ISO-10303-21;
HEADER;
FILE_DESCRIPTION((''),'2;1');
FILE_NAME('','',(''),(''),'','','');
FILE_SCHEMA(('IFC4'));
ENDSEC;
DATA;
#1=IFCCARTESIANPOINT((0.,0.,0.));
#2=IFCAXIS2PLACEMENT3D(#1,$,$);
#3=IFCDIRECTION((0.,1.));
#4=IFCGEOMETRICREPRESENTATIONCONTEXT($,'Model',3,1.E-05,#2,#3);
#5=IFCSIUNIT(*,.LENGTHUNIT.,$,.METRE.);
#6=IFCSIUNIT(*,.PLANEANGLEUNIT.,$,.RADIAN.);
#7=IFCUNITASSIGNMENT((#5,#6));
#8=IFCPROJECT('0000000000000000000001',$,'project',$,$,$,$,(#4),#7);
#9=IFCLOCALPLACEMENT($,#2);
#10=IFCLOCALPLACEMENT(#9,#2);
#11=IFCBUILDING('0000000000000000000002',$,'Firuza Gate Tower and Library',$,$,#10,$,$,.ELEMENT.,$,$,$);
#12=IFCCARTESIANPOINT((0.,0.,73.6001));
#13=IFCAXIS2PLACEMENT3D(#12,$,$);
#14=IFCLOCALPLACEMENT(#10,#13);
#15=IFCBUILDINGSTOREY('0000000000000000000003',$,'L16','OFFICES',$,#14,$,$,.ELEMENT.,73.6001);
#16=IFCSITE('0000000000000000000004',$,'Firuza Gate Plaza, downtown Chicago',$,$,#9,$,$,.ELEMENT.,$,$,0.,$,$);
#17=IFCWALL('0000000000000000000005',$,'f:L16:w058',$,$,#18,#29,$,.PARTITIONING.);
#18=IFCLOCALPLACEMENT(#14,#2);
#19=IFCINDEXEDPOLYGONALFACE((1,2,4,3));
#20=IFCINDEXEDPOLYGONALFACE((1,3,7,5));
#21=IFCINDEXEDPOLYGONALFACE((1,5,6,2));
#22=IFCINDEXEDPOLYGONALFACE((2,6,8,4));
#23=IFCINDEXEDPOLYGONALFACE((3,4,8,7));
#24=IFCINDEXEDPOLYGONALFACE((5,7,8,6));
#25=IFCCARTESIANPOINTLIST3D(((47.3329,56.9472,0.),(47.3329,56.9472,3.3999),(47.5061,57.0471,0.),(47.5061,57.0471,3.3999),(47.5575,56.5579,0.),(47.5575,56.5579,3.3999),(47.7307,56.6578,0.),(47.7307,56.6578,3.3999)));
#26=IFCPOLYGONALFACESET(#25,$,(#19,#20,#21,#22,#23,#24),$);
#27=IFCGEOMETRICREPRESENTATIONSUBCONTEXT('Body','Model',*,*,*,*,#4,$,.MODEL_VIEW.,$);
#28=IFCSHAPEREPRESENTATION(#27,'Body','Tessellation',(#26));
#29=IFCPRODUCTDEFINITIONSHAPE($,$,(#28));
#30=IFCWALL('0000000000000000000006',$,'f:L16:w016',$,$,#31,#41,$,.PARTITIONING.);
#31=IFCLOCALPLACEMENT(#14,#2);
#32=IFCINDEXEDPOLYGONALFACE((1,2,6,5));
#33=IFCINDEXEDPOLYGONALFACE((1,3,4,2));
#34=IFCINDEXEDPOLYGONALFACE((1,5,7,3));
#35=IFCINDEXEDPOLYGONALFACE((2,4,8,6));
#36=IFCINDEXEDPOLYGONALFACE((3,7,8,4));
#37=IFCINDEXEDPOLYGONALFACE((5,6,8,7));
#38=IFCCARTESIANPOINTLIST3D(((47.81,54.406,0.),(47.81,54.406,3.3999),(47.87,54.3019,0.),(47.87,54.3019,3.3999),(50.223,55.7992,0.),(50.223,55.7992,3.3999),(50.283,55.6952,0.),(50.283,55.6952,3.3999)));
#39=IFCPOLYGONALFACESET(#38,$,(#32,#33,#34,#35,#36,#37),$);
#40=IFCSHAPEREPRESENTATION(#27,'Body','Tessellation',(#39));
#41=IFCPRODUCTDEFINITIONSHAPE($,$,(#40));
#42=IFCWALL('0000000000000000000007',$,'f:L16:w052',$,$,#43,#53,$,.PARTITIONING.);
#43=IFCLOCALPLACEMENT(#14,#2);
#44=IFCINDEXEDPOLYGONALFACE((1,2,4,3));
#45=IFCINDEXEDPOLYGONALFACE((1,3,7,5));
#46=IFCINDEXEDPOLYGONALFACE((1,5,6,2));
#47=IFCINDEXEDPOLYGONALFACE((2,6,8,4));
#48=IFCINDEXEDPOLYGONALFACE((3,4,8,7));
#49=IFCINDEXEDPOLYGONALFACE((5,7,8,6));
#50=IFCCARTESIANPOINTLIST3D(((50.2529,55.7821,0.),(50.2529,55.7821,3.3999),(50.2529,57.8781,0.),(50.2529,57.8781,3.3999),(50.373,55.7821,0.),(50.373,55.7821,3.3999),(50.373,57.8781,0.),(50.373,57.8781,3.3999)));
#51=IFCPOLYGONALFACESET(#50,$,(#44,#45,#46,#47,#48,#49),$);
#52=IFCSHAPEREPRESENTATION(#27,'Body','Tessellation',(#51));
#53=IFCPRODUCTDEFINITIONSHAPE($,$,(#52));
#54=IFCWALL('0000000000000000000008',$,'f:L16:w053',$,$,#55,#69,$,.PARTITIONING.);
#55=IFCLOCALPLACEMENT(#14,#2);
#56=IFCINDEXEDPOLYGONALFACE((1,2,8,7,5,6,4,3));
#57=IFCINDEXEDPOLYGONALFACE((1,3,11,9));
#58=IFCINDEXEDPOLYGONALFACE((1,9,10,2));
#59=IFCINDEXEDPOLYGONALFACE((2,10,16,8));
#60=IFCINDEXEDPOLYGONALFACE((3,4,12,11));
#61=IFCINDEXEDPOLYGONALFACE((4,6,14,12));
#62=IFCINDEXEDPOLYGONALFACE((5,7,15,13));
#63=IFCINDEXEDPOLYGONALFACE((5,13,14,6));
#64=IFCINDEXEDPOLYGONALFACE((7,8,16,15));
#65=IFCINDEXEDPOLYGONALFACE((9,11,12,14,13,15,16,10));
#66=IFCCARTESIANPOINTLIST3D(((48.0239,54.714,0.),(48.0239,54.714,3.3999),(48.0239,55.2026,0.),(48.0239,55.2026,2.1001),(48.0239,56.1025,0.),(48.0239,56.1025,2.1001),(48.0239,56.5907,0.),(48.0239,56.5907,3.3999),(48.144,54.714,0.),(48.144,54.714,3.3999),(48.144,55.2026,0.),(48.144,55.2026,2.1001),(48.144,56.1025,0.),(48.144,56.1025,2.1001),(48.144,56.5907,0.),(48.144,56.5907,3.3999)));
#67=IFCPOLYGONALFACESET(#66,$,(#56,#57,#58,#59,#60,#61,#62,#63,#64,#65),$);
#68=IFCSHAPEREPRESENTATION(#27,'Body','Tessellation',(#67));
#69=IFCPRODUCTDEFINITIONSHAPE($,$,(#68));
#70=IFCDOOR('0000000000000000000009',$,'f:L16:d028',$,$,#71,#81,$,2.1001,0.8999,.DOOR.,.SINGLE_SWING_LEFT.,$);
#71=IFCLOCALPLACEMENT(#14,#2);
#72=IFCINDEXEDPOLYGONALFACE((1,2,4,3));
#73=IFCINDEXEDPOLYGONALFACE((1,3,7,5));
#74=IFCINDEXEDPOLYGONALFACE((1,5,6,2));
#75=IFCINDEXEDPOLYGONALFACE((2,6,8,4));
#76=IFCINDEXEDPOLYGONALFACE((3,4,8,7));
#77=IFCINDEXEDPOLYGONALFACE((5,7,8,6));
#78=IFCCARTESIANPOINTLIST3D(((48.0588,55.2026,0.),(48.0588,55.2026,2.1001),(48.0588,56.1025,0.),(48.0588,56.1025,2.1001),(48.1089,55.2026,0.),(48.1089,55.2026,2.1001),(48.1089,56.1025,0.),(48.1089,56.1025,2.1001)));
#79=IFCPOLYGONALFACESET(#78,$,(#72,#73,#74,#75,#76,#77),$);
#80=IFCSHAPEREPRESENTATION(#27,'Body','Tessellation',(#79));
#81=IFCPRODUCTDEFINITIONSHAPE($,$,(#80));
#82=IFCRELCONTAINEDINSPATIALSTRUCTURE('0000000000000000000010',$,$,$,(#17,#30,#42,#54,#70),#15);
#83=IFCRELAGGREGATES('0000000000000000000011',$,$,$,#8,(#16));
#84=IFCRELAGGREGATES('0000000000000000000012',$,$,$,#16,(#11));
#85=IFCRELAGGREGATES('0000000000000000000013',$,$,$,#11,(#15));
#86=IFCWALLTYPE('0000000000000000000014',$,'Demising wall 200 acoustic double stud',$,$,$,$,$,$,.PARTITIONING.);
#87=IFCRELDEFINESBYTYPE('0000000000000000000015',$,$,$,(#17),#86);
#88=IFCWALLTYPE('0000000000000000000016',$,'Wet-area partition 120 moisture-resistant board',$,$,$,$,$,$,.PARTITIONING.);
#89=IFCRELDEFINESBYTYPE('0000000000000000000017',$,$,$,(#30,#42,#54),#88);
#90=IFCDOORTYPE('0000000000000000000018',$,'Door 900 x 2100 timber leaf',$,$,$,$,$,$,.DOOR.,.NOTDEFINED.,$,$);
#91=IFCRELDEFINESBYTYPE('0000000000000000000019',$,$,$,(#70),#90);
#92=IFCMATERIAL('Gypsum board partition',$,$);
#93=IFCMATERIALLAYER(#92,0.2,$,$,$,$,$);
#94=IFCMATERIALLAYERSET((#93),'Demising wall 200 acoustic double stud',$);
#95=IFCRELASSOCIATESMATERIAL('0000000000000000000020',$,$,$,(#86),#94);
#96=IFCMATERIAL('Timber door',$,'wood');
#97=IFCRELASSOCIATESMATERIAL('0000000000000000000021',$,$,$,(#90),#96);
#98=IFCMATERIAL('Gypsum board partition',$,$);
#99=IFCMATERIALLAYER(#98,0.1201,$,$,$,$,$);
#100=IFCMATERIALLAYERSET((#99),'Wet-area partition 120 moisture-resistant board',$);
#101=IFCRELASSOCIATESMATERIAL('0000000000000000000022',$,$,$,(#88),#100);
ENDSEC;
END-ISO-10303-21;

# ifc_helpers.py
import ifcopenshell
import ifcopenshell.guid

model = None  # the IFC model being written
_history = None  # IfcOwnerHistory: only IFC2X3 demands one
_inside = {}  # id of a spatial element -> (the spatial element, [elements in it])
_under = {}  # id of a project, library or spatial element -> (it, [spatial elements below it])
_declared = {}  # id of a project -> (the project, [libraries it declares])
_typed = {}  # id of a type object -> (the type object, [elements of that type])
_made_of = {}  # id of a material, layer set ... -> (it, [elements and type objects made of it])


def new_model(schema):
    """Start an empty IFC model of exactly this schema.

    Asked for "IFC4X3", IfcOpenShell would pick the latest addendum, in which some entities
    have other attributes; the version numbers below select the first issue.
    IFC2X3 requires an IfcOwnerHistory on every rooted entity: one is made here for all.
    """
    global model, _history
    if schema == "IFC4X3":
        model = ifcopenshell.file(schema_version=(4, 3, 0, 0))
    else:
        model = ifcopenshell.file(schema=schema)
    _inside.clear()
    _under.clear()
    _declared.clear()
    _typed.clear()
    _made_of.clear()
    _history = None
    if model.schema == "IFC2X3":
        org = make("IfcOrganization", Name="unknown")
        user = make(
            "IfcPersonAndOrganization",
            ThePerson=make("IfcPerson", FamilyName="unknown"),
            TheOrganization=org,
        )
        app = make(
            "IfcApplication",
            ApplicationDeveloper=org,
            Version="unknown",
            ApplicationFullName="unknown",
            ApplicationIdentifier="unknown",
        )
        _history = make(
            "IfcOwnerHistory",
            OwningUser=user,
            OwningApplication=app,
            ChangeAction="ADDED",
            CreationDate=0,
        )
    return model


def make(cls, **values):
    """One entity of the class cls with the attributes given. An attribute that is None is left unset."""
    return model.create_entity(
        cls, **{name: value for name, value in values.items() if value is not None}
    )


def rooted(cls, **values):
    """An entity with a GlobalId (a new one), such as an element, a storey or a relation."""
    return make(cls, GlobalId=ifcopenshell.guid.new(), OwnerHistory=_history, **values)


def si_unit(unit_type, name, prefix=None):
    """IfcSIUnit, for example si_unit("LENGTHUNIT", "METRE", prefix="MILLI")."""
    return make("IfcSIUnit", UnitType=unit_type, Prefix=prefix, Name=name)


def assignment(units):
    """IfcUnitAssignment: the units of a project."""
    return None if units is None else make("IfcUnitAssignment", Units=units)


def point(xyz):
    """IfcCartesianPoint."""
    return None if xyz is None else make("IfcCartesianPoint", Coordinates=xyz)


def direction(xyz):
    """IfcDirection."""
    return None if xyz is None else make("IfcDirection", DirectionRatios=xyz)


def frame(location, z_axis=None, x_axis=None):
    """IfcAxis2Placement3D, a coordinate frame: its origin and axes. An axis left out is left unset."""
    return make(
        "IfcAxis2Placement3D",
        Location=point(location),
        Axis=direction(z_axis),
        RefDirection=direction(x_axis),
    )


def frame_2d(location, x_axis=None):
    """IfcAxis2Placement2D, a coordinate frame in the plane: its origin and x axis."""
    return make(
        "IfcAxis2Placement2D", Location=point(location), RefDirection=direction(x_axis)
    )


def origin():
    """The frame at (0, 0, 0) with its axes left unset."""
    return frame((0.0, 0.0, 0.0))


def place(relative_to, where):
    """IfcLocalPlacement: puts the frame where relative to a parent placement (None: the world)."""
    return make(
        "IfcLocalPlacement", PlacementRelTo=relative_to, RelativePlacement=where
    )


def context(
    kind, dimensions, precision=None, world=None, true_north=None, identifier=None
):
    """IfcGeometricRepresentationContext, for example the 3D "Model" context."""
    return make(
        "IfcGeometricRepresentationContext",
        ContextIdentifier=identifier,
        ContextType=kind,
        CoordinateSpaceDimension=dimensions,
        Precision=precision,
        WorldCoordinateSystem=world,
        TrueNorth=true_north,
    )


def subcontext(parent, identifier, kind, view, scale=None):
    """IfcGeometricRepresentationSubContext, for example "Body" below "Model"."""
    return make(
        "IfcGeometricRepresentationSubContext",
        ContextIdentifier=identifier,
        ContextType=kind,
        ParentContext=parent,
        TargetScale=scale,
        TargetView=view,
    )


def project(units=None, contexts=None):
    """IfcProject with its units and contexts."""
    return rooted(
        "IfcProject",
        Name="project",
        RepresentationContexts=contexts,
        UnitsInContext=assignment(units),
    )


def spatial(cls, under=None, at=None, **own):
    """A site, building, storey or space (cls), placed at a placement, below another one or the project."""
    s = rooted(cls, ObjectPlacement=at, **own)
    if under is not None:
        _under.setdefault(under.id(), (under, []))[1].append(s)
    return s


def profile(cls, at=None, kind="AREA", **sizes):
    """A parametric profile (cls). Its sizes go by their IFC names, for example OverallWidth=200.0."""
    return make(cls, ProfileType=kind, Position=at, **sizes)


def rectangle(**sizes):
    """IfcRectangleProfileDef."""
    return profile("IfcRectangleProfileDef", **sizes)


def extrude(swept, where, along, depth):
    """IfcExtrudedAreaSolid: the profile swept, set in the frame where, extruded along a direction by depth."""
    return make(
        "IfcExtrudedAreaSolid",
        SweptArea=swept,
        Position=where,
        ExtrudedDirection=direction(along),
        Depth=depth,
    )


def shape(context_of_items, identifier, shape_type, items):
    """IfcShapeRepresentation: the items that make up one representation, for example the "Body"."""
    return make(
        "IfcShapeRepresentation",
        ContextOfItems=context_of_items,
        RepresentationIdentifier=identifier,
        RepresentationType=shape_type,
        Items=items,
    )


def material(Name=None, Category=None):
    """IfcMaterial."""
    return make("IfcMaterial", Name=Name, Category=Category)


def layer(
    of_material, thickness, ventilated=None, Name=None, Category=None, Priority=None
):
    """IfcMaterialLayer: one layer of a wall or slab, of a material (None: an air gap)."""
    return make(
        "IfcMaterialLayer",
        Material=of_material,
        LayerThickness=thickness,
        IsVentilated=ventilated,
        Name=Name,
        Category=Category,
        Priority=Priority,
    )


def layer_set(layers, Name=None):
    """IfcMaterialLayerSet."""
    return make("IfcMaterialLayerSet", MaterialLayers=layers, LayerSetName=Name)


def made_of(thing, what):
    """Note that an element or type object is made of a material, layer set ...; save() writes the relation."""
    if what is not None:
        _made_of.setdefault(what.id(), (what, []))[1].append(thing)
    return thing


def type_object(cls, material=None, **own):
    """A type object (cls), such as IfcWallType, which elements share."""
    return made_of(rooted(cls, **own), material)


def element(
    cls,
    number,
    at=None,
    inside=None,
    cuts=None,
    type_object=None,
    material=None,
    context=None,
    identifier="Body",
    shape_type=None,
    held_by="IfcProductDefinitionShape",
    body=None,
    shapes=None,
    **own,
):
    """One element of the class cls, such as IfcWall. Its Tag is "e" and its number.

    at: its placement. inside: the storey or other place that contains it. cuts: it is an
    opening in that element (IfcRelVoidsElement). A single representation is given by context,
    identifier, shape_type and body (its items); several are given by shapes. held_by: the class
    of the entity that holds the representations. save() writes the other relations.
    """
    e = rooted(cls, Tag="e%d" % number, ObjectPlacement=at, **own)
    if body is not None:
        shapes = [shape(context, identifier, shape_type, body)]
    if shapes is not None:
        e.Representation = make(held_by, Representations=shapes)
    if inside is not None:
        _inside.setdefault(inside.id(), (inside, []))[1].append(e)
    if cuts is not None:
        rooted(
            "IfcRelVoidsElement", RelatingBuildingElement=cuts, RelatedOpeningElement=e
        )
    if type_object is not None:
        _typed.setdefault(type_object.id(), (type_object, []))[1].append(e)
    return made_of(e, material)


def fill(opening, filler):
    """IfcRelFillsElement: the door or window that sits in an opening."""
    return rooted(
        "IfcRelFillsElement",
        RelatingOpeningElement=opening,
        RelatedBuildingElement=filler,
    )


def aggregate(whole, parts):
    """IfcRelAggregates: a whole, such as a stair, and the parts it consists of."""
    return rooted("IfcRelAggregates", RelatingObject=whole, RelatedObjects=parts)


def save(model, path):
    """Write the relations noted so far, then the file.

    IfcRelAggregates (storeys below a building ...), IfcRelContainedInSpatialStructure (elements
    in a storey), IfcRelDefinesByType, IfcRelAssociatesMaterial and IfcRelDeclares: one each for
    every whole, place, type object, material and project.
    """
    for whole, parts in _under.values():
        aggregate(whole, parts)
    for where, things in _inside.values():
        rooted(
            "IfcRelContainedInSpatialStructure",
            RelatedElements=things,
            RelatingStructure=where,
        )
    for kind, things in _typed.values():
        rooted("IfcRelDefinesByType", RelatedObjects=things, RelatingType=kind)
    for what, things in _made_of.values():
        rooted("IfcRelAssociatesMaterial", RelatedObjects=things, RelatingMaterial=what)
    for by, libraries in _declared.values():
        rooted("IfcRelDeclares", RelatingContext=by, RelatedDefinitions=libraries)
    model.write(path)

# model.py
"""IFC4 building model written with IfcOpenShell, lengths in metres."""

from ifc_helpers import new_model, si_unit, direction, frame, frame_2d, origin, place, context, subcontext, project, spatial, rectangle, extrude, material, layer, layer_set, type_object, element, fill, save


model = new_model("IFC4")

# Units and contexts
model_context = context("Model", 3, precision=1e-05, world=origin(), true_north=direction((0.0, 1.0)))
body_context = subcontext(model_context, "Body", "Model", "MODEL_VIEW")
ifc_project = project(units=[si_unit("LENGTHUNIT", "METRE"), si_unit("PLANEANGLEUNIT", "RADIAN")], contexts=[model_context])

# Site, building, storey
site_placement = place(None, origin())
site = spatial("IfcSite", under=ifc_project, at=site_placement, Name="Firuza Gate Plaza, downtown Chicago", CompositionType="ELEMENT", RefElevation=0.0)
building_placement = place(site_placement, origin())
building = spatial("IfcBuilding", under=site, at=building_placement, Name="Firuza Gate Tower and Library", CompositionType="ELEMENT")
storey_placement = place(building_placement, frame((0.0, 0.0, 73.6001)))
storey = spatial("IfcBuildingStorey", under=building, at=storey_placement, Name="L16", Description="OFFICES", CompositionType="ELEMENT", Elevation=73.6001)

# Shared definitions
ifc_material_1 = material(Name="Gypsum board partition")
ifc_layer_1 = layer(ifc_material_1, 0.2)
ifc_layer_set_1 = layer_set([ifc_layer_1], Name="Demising wall 200 acoustic double stud")
wall_type_1 = type_object("IfcWallType", Name="Demising wall 200 acoustic double stud", PredefinedType="PARTITIONING", material=ifc_layer_set_1)
ifc_material_2 = material(Name="Timber door", Category="wood")
door_type_1 = type_object("IfcDoorType", Name="Door 900 x 2100 timber leaf", OperationType="NOTDEFINED", PredefinedType="DOOR", material=ifc_material_2)

# Walls
wall_1_placement = place(storey_placement, frame((47.644, 56.6079, 0.0), z_axis=(0.0, 0.0, 1.0), x_axis=(-0.499644, 0.866231, 0.0)))
element("IfcWall", 1, at=wall_1_placement, inside=storey, type_object=wall_type_1, Name="f:L16:w058", PredefinedType="PARTITIONING", context=body_context, shape_type="SweptSolid", body=[
    extrude(rectangle(XDim=0.4495, YDim=0.2, at=frame_2d((0.2246, 0.0))), origin(), (0.0, 0.0, 1.0), 3.3999),
])
ifc_material_3 = material(Name="Gypsum board partition")
ifc_layer_2 = layer(ifc_material_3, 0.1201)
ifc_layer_set_2 = layer_set([ifc_layer_2], Name="Wet-area partition 120 moisture-resistant board")
wall_type_2 = type_object("IfcWallType", Name="Wet-area partition 120 moisture-resistant board", PredefinedType="PARTITIONING", material=ifc_layer_set_2)
wall_2_placement = place(storey_placement, frame((47.8401, 54.354, 0.0), z_axis=(0.0, 0.0, 1.0), x_axis=(0.866008, 0.500031, 0.0)))
element("IfcWall", 2, at=wall_2_placement, inside=storey, type_object=wall_type_2, Name="f:L16:w016", PredefinedType="PARTITIONING", context=body_context, shape_type="SweptSolid", body=[
    extrude(rectangle(XDim=2.7864, YDim=0.1201, at=frame_2d((1.3931, 0.0))), origin(), (0.0, 0.0, 1.0), 3.3999),
])
wall_3_placement = place(storey_placement, frame((50.313, 55.7822, 0.0), z_axis=(0.0, 0.0, 1.0), x_axis=(0.0, 1.0, 0.0)))
element("IfcWall", 3, at=wall_3_placement, inside=storey, type_object=wall_type_2, Name="f:L16:w052", PredefinedType="PARTITIONING", context=body_context, shape_type="SweptSolid", body=[
    extrude(rectangle(XDim=2.0959, YDim=0.1201, at=frame_2d((1.0479, 0.0))), origin(), (0.0, 0.0, 1.0), 3.3999),
])

# Wall, opening, door
wall_4_placement = place(storey_placement, frame((48.084, 56.5908, 0.0), z_axis=(0.0, 0.0, 1.0), x_axis=(0.0, -1.0, 0.0)))
wall_4 = element("IfcWall", 4, at=wall_4_placement, inside=storey, type_object=wall_type_2, Name="f:L16:w053", PredefinedType="PARTITIONING", context=body_context, shape_type="SweptSolid", body=[
    extrude(rectangle(XDim=1.8767, YDim=0.1201, at=frame_2d((0.9385, 0.0))), origin(), (0.0, 0.0, 1.0), 3.3999),
])
opening_1_placement = place(wall_4_placement, frame((0.4883, 0.0, 0.0)))
opening_1 = element("IfcOpeningElement", 5, at=opening_1_placement, cuts=wall_4, PredefinedType="OPENING", context=body_context, shape_type="SweptSolid", body=[
    extrude(rectangle(XDim=0.8999, YDim=2.1001, at=frame_2d((0.45, 1.05))), frame((0.0, 0.0701, 0.0), z_axis=(0.0, -1.0, 0.0), x_axis=(1.0, 0.0, 0.0)), (0.0, 0.0, 1.0), 0.1401),
])
door_1_placement = place(opening_1_placement, origin())
door_1 = element("IfcDoor", 6, at=door_1_placement, inside=storey, type_object=door_type_1, Name="f:L16:d028", OperationType="SINGLE_SWING_LEFT", OverallHeight=2.1001, OverallWidth=0.8999, PredefinedType="DOOR", context=body_context, shape_type="SweptSolid", body=[
    extrude(rectangle(XDim=0.8999, YDim=2.1001, at=frame_2d((0.45, 1.05))), frame((0.0, 0.0249, 0.0), z_axis=(0.0, -1.0, 0.0), x_axis=(1.0, 0.0, 0.0)), (0.0, 0.0, 1.0), 0.05),
])
fill(opening_1, door_1)

save(model, "model.ifc")
